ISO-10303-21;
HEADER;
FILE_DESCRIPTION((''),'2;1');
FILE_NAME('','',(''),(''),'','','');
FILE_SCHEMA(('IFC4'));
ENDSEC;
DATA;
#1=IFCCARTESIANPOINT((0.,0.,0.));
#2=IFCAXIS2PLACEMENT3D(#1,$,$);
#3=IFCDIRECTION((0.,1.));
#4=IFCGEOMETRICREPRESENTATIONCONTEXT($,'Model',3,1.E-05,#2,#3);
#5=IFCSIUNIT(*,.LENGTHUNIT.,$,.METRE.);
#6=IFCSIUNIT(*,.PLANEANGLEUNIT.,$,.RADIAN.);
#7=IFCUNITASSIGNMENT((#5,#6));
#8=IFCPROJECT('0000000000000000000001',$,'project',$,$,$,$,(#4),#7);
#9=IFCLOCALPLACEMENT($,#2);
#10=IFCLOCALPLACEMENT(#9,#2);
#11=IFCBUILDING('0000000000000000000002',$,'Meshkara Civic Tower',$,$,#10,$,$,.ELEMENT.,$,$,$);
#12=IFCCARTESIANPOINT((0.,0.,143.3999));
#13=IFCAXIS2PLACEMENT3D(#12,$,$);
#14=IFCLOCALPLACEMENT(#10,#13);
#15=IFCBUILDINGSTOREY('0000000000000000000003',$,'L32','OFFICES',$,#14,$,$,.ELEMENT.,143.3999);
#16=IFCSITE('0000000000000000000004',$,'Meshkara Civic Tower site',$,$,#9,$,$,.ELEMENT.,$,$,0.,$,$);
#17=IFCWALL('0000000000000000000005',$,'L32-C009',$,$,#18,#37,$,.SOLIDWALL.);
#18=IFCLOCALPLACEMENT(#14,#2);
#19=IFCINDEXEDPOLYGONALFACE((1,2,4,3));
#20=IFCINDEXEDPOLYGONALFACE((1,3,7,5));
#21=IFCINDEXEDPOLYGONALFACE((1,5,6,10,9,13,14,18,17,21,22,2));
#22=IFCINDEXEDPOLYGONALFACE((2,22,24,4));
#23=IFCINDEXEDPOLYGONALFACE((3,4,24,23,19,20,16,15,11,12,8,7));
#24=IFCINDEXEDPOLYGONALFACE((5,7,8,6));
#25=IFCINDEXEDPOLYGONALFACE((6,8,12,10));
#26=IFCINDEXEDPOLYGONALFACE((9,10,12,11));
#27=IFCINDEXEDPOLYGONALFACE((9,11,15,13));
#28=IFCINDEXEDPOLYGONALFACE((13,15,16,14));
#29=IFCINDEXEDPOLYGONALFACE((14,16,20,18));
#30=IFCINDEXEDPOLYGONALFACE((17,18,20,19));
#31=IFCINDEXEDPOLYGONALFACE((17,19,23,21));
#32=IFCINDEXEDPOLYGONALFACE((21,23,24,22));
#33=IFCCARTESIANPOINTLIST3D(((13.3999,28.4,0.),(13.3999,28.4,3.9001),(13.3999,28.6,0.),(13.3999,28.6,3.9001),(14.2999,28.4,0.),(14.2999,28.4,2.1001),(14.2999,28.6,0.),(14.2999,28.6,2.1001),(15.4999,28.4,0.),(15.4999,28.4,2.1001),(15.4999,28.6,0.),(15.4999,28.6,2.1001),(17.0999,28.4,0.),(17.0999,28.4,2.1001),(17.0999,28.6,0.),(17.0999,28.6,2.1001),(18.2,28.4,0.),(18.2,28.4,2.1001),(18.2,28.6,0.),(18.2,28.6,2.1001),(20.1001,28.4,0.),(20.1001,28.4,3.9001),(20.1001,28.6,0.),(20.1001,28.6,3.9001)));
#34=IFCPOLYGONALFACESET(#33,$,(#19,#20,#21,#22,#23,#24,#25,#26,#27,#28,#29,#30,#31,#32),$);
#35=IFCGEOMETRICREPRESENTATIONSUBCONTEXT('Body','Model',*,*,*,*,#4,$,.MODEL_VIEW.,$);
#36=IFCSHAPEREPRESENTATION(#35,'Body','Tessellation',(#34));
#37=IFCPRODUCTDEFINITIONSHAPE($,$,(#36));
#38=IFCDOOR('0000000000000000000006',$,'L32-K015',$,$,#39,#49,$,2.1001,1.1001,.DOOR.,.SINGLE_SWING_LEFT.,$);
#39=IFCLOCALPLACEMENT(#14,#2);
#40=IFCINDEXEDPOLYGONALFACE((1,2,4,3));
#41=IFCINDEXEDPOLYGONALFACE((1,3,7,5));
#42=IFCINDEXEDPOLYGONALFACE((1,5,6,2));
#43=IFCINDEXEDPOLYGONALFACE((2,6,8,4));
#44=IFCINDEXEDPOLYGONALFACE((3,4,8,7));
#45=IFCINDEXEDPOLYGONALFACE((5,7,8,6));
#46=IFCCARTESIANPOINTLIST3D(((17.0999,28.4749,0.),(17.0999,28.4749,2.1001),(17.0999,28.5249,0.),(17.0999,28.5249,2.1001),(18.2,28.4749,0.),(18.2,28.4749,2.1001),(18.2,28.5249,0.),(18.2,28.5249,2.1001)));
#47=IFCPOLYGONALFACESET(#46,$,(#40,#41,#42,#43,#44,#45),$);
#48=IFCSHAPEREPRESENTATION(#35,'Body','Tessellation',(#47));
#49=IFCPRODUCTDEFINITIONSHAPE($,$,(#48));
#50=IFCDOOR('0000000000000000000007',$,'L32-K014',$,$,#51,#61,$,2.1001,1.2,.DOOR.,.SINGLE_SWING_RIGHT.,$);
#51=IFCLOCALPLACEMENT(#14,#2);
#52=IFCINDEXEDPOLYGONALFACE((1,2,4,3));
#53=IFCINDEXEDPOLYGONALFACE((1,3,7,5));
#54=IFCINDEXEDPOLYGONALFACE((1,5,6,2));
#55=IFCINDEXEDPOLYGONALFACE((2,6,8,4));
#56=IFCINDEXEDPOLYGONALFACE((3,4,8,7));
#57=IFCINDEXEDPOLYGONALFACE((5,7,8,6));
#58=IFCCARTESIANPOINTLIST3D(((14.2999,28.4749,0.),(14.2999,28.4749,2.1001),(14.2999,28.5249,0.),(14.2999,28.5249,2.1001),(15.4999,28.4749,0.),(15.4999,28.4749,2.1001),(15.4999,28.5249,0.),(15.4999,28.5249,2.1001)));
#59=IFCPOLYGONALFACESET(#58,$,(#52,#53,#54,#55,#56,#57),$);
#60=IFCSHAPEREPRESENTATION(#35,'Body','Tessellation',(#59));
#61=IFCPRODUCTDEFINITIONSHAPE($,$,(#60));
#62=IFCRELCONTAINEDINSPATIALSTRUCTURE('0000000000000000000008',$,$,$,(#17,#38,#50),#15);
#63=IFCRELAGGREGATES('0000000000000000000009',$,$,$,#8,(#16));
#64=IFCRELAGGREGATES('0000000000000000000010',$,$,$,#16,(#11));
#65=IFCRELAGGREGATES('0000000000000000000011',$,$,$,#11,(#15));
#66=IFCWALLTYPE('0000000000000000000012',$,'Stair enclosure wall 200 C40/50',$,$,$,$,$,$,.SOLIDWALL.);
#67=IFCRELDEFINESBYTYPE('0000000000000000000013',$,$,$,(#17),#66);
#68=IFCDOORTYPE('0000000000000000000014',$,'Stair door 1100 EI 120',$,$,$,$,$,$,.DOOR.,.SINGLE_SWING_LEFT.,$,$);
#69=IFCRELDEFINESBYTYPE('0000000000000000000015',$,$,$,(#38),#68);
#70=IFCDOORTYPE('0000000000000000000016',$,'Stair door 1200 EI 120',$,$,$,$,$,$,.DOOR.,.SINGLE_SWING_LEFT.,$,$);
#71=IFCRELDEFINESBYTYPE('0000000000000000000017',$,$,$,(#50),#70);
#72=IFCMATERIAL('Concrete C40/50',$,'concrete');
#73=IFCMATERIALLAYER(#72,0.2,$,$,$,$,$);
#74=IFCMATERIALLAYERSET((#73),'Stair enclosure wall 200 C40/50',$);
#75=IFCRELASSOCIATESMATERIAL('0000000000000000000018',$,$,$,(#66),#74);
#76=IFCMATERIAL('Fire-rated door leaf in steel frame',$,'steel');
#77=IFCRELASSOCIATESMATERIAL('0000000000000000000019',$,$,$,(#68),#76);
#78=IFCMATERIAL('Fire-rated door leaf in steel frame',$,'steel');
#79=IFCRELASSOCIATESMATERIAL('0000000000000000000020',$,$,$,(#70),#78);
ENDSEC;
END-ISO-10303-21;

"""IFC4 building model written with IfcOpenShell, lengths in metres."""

from ifc_helpers import new_model, si_unit, direction, frame, frame_2d, origin, place, context, subcontext, project, spatial, rectangle, extrude, material, layer, layer_set, type_object, element, fill, save


model = new_model("IFC4")

# Units and contexts
model_context = context("Model", 3, precision=1e-05, world=origin(), true_north=direction((0.0, 1.0)))
body_context = subcontext(model_context, "Body", "Model", "MODEL_VIEW")
ifc_project = project(units=[si_unit("LENGTHUNIT", "METRE"), si_unit("PLANEANGLEUNIT", "RADIAN")], contexts=[model_context])

# Site, building, storey
site_placement = place(None, origin())
site = spatial("IfcSite", under=ifc_project, at=site_placement, Name="Meshkara Civic Tower site", CompositionType="ELEMENT", RefElevation=0.0)
building_placement = place(site_placement, origin())
building = spatial("IfcBuilding", under=site, at=building_placement, Name="Meshkara Civic Tower", CompositionType="ELEMENT")
storey_placement = place(building_placement, frame((0.0, 0.0, 143.3999)))
storey = spatial("IfcBuildingStorey", under=building, at=storey_placement, Name="L32", Description="OFFICES", CompositionType="ELEMENT", Elevation=143.3999)

# Wall, openings, doors
ifc_material_1 = material(Name="Concrete C40/50", Category="concrete")
ifc_layer_1 = layer(ifc_material_1, 0.2)
ifc_layer_set_1 = layer_set([ifc_layer_1], Name="Stair enclosure wall 200 C40/50")
wall_type_1 = type_object("IfcWallType", Name="Stair enclosure wall 200 C40/50", PredefinedType="SOLIDWALL", material=ifc_layer_set_1)
wall_1_placement = place(storey_placement, frame((13.3999, 28.5, 0.0), z_axis=(0.0, 0.0, 1.0), x_axis=(1.0, 0.0, 0.0)))
wall_1 = element("IfcWall", 1, at=wall_1_placement, inside=storey, type_object=wall_type_1, Name="L32-C009", PredefinedType="SOLIDWALL", context=body_context, shape_type="SweptSolid", body=[
    extrude(rectangle(XDim=6.7002, YDim=0.2, at=frame_2d((3.3501, 0.0))), origin(), (0.0, 0.0, 1.0), 3.9001),
])
opening_1_placement = place(wall_1_placement, frame((0.8999, 0.0, 0.0)))
opening_1 = element("IfcOpeningElement", 2, at=opening_1_placement, cuts=wall_1, PredefinedType="OPENING", context=body_context, shape_type="SweptSolid", body=[
    extrude(rectangle(XDim=1.2, YDim=2.1001, at=frame_2d((0.6001, 1.05))), frame((0.0, 0.1099, 0.0), z_axis=(0.0, -1.0, 0.0), x_axis=(1.0, 0.0, 0.0)), (0.0, 0.0, 1.0), 0.22),
])
opening_2_placement = place(wall_1_placement, frame((3.7, 0.0, 0.0)))
opening_2 = element("IfcOpeningElement", 3, at=opening_2_placement, cuts=wall_1, PredefinedType="OPENING", context=body_context, shape_type="SweptSolid", body=[
    extrude(rectangle(XDim=1.1001, YDim=2.1001, at=frame_2d((0.55, 1.05))), frame((0.0, 0.1099, 0.0), z_axis=(0.0, -1.0, 0.0), x_axis=(1.0, 0.0, 0.0)), (0.0, 0.0, 1.0), 0.22),
])
ifc_material_2 = material(Name="Fire-rated door leaf in steel frame", Category="steel")
door_type_1 = type_object("IfcDoorType", Name="Stair door 1100 EI 120", OperationType="SINGLE_SWING_LEFT", PredefinedType="DOOR", material=ifc_material_2)
door_1_placement = place(opening_2_placement, origin())
door_1 = element("IfcDoor", 4, at=door_1_placement, inside=storey, type_object=door_type_1, Name="L32-K015", OperationType="SINGLE_SWING_LEFT", OverallHeight=2.1001, OverallWidth=1.1001, PredefinedType="DOOR", context=body_context, shape_type="SweptSolid", body=[
    extrude(rectangle(XDim=1.1001, YDim=2.1001, at=frame_2d((0.55, 1.05))), frame((0.0, 0.0249, 0.0), z_axis=(0.0, -1.0, 0.0), x_axis=(1.0, 0.0, 0.0)), (0.0, 0.0, 1.0), 0.05),
])
fill(opening_2, door_1)
ifc_material_3 = material(Name="Fire-rated door leaf in steel frame", Category="steel")
door_type_2 = type_object("IfcDoorType", Name="Stair door 1200 EI 120", OperationType="SINGLE_SWING_LEFT", PredefinedType="DOOR", material=ifc_material_3)
door_2_placement = place(opening_1_placement, origin())
door_2 = element("IfcDoor", 5, at=door_2_placement, inside=storey, type_object=door_type_2, Name="L32-K014", OperationType="SINGLE_SWING_RIGHT", OverallHeight=2.1001, OverallWidth=1.2, PredefinedType="DOOR", context=body_context, shape_type="SweptSolid", body=[
    extrude(rectangle(XDim=1.2, YDim=2.1001, at=frame_2d((0.6001, 1.05))), frame((0.0, 0.0249, 0.0), z_axis=(0.0, -1.0, 0.0), x_axis=(1.0, 0.0, 0.0)), (0.0, 0.0, 1.0), 0.05),
])
fill(opening_1, door_2)

save(model, "model.ifc")
